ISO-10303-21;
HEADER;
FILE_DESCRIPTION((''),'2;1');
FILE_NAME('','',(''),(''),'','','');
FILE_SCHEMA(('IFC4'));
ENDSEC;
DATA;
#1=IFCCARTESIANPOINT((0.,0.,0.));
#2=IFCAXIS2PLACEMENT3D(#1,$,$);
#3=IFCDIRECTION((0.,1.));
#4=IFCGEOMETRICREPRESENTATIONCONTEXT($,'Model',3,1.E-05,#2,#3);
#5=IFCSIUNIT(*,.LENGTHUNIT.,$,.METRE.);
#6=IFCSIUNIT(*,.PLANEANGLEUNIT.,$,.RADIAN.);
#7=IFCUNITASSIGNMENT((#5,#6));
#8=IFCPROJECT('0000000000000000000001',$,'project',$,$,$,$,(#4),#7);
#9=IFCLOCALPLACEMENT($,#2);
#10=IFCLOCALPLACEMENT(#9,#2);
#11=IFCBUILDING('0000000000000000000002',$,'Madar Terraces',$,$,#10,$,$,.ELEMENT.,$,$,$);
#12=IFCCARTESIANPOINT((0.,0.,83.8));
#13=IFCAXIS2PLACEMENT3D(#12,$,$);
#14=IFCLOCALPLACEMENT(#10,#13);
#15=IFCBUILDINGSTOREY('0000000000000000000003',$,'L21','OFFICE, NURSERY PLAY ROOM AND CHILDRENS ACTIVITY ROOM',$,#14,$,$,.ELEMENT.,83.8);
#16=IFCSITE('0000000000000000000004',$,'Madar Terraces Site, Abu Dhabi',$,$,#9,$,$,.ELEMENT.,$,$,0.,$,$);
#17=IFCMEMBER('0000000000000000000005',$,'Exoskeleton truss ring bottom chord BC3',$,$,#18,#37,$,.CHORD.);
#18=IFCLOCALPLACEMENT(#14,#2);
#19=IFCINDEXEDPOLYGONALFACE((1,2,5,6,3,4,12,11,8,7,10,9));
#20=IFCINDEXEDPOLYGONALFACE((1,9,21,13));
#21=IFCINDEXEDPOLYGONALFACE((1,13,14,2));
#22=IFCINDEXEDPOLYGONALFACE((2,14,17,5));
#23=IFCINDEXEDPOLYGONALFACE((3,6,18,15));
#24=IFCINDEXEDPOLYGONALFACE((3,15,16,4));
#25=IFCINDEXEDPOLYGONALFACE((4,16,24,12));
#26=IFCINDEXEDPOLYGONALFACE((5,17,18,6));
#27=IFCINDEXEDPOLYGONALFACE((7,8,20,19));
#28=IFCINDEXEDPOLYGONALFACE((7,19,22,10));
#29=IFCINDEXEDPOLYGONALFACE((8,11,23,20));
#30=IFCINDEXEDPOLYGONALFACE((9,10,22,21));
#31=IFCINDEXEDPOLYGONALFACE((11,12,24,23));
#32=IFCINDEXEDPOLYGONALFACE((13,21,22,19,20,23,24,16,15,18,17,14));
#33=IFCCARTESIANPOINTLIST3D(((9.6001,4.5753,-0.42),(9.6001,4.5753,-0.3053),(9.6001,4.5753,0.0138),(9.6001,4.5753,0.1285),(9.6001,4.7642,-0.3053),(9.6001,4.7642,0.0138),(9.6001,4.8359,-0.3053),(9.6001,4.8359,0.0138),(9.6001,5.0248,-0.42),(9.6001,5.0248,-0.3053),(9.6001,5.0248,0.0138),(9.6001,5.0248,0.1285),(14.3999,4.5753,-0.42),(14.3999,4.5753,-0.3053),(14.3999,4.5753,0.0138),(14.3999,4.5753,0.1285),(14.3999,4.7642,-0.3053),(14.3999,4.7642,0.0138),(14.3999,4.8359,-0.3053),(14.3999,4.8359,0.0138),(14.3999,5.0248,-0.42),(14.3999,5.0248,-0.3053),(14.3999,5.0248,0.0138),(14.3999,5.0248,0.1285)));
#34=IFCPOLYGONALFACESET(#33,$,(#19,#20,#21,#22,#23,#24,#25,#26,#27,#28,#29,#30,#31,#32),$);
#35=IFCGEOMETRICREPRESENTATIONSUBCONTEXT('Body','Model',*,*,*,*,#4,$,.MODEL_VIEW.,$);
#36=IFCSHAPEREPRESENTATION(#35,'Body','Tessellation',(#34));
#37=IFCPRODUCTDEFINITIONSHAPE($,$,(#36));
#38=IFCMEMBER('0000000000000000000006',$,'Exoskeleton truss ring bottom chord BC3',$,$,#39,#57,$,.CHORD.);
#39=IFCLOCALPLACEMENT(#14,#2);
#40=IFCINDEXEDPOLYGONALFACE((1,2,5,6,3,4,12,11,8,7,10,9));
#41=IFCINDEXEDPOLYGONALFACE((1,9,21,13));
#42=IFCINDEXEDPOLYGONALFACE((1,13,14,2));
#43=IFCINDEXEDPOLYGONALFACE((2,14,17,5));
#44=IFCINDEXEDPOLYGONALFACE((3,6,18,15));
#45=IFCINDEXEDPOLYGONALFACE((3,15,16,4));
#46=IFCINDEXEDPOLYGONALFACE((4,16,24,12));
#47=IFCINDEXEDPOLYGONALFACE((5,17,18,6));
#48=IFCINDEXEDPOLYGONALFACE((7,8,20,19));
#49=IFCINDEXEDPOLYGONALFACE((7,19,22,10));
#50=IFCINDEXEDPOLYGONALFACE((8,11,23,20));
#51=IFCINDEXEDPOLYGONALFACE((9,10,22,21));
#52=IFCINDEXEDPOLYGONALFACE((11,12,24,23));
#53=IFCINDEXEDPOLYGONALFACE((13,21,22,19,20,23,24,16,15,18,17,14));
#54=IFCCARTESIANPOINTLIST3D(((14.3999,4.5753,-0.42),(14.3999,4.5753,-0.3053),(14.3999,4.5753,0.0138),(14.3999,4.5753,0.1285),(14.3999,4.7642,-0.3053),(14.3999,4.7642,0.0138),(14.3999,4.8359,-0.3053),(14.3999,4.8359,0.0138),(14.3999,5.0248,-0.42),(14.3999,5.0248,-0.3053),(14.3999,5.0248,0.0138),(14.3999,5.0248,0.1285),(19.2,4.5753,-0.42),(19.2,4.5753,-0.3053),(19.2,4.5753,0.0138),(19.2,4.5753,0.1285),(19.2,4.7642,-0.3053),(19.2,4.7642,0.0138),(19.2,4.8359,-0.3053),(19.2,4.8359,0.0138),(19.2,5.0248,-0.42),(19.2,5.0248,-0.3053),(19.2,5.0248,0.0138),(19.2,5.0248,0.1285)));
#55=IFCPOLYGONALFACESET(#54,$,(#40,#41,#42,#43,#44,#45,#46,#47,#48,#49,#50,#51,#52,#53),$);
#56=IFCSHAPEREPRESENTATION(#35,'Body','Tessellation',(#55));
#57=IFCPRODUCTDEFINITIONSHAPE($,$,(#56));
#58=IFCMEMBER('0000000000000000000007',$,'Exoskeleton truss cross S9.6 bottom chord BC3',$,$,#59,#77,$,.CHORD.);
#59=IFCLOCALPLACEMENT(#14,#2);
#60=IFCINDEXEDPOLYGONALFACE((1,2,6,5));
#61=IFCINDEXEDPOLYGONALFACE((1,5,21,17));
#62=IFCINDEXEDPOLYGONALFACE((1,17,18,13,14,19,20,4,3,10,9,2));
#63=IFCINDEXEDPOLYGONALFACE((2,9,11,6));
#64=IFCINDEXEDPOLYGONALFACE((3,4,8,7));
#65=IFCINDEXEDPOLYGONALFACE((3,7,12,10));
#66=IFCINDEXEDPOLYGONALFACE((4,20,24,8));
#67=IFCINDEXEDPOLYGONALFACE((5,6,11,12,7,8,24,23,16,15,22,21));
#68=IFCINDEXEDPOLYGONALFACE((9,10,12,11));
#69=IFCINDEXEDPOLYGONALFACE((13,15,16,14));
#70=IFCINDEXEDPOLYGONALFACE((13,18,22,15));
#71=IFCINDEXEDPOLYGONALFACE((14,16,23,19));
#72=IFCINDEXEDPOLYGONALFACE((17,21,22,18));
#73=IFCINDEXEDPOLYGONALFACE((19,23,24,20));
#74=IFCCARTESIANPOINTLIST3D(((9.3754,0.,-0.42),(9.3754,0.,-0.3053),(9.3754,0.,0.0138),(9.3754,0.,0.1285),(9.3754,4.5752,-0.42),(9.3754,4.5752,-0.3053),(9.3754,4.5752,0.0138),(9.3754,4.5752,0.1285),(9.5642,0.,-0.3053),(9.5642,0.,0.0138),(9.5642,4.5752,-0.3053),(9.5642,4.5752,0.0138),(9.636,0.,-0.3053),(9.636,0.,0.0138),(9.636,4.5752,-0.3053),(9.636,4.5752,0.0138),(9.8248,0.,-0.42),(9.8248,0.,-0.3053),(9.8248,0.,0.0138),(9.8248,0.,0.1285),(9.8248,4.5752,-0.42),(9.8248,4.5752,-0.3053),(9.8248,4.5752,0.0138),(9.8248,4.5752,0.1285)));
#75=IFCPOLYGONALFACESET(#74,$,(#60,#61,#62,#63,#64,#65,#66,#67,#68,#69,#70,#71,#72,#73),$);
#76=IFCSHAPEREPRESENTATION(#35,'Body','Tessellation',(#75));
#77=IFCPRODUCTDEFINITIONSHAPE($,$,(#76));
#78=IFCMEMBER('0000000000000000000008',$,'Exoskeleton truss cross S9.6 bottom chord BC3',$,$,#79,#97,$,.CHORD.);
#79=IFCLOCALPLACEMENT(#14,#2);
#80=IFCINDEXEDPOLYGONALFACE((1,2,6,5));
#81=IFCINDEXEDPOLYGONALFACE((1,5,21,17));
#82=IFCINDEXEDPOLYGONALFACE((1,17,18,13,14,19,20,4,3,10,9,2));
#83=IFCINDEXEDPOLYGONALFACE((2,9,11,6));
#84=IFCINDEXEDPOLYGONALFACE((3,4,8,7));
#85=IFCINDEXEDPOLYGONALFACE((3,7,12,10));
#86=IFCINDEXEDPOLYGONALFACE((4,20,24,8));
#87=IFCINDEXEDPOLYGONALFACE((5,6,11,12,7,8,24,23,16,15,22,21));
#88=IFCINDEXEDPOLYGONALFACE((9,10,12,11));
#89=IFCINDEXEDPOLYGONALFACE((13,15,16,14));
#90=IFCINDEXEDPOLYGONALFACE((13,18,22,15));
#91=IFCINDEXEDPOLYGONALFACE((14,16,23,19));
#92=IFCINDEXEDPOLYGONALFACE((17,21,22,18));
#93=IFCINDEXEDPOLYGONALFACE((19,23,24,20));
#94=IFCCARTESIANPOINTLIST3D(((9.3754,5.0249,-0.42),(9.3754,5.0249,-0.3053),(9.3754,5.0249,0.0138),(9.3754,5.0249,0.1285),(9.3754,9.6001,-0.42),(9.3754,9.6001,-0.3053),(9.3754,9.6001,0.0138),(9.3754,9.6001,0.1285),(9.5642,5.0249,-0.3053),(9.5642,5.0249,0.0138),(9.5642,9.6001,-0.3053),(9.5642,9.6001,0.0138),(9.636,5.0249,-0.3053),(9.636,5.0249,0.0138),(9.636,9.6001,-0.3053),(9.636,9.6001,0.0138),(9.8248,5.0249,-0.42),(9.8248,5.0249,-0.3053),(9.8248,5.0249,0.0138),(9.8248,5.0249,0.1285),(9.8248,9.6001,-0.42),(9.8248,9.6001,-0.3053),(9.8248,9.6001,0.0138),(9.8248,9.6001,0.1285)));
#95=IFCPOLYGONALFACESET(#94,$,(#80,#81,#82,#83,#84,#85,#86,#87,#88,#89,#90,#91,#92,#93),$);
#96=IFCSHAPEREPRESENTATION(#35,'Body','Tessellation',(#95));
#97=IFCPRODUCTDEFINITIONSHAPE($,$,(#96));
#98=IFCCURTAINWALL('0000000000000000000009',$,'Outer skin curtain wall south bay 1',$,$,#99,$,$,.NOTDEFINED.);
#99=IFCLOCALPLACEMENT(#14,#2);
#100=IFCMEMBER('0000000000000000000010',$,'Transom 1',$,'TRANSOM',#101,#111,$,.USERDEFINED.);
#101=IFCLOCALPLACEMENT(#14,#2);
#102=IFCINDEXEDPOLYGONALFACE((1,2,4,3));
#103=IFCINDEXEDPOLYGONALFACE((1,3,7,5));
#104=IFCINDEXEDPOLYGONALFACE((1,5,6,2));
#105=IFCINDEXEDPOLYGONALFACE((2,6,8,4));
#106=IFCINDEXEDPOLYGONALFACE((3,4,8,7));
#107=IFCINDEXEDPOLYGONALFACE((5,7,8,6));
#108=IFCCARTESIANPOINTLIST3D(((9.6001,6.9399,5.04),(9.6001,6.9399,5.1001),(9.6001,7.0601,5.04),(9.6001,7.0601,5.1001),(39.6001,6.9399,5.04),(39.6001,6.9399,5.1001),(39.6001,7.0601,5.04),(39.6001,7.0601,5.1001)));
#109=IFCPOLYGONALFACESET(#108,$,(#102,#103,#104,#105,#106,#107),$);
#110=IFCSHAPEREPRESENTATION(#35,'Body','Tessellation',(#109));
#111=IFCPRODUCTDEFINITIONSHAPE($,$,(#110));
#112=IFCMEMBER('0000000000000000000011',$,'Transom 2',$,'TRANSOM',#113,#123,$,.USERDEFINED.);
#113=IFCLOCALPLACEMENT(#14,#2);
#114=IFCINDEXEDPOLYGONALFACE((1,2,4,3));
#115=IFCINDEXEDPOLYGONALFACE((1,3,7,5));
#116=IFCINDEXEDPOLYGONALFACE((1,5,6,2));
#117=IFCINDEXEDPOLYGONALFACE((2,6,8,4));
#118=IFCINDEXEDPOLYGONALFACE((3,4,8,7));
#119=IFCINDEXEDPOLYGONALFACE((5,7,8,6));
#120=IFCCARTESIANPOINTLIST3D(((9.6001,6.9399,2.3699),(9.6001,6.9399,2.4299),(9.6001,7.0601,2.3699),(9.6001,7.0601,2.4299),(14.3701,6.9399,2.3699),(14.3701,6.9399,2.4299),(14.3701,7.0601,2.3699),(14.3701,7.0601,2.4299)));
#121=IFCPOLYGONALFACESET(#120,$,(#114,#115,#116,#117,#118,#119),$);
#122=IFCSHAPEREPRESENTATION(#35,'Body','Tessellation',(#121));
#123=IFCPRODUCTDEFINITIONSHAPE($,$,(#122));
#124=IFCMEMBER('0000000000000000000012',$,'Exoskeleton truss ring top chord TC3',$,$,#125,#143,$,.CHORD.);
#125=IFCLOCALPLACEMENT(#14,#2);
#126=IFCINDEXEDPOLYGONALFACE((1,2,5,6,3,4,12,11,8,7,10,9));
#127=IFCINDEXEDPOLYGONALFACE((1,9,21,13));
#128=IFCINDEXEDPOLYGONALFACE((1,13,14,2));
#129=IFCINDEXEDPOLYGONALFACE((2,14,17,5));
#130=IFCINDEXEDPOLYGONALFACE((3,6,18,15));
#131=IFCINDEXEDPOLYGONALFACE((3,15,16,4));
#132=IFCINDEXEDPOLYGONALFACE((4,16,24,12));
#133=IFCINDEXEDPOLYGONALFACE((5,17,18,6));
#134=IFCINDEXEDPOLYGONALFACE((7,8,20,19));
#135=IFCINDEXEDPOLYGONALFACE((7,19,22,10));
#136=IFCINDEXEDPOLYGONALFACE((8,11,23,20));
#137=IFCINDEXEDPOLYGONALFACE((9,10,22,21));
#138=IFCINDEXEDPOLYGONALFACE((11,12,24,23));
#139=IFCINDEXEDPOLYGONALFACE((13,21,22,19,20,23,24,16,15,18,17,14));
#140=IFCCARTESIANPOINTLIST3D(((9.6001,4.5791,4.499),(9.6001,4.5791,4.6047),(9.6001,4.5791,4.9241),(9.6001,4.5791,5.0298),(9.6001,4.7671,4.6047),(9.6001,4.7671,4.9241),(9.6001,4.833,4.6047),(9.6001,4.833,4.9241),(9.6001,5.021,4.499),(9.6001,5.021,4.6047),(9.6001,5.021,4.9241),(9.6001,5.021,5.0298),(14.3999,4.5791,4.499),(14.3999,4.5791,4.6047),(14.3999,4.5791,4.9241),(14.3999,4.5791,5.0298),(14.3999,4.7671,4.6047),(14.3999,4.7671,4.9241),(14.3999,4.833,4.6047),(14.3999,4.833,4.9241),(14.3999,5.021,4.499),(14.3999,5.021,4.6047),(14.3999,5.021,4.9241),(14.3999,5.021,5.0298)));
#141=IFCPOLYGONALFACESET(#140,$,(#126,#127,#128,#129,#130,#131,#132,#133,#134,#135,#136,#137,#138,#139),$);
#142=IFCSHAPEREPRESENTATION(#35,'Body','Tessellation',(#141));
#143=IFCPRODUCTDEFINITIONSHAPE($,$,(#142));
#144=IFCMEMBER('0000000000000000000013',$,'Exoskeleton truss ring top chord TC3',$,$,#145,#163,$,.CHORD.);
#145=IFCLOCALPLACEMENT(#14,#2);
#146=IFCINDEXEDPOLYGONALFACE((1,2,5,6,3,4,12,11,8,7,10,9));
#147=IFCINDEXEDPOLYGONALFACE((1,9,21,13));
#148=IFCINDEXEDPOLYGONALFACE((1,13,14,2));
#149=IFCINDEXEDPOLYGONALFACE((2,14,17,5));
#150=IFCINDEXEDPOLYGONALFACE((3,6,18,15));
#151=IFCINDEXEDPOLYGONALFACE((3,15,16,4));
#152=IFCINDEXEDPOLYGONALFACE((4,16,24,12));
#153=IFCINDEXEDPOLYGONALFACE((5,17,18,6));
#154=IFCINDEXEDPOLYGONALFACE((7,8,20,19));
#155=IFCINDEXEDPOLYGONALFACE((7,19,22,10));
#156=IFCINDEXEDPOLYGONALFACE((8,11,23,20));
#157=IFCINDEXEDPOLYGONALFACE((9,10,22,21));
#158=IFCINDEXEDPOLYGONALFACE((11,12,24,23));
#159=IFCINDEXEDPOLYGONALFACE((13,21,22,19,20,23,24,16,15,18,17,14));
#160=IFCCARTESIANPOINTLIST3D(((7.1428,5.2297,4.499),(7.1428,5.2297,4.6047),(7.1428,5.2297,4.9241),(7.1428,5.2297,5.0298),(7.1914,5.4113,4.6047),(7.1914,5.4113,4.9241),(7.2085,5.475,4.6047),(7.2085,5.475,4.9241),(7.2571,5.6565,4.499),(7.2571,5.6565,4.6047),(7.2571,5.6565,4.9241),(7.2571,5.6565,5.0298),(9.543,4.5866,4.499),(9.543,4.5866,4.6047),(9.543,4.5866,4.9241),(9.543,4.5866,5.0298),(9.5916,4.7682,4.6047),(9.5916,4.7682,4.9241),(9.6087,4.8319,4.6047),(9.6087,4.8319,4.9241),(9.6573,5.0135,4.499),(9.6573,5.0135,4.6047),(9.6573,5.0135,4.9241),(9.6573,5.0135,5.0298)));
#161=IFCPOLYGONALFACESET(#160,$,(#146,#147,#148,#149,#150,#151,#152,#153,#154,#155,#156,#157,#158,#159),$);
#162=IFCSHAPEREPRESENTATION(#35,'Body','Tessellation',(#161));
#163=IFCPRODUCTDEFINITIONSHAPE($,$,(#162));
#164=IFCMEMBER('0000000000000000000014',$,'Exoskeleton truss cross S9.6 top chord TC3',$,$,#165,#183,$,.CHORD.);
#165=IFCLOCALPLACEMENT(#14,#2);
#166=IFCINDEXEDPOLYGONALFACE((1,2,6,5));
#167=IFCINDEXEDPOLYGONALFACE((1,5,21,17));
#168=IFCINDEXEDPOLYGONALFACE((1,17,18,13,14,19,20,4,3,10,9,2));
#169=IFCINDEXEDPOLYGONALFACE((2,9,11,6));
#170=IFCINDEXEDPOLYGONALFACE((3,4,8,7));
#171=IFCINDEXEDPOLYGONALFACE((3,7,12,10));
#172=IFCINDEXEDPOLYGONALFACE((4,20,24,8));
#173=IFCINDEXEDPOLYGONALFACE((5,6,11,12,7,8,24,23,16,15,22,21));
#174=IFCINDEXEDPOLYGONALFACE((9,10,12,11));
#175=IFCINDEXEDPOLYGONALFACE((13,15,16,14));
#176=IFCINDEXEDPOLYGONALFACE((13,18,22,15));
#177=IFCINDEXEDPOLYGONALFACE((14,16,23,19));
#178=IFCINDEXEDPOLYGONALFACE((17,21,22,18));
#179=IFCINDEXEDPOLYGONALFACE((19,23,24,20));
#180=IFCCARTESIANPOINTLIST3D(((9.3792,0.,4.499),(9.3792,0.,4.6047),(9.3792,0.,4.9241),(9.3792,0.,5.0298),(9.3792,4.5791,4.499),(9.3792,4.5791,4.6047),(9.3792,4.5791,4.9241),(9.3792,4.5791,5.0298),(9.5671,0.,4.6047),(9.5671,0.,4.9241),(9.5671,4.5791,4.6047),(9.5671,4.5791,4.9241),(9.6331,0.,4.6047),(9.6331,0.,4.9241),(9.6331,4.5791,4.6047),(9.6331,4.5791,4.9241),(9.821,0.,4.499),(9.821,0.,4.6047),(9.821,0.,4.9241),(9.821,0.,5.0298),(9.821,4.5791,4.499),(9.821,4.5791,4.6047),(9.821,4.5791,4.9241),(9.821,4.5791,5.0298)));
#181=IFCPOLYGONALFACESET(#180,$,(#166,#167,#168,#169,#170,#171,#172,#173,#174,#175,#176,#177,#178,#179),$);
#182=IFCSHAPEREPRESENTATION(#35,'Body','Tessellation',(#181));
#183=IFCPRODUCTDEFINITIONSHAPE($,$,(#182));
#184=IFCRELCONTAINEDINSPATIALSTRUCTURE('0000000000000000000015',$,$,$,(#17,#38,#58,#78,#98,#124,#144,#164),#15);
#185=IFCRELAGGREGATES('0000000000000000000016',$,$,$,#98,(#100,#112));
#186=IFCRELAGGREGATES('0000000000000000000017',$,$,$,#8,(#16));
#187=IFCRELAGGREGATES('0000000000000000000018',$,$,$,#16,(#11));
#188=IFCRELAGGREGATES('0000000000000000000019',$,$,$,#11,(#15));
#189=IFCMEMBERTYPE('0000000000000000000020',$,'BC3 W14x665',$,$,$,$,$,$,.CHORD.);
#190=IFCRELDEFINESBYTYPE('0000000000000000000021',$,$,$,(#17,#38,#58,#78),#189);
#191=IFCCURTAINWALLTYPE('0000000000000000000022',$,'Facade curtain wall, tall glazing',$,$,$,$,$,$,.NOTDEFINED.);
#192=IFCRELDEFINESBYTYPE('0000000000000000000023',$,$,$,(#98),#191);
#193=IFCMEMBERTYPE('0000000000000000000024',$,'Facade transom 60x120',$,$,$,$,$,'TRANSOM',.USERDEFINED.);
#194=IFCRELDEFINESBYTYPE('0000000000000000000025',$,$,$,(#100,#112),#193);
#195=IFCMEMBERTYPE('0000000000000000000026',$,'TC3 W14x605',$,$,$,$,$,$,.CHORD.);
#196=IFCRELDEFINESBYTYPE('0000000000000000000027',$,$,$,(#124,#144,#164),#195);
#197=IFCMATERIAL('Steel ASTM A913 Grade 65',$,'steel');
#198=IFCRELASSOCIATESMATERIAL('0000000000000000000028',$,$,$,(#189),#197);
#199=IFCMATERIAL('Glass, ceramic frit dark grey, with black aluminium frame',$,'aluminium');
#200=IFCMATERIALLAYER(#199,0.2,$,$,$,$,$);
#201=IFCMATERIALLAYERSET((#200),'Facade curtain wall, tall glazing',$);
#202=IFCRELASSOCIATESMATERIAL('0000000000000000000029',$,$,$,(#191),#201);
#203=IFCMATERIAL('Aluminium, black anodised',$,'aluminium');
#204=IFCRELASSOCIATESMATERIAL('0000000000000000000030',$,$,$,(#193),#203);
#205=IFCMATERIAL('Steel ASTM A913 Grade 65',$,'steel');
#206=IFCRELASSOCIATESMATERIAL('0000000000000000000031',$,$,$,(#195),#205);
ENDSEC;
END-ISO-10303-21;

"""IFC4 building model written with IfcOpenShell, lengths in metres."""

from ifc_helpers import new_model, si_unit, direction, frame, origin, origin_2d, place, context, subcontext, project, spatial, rectangle, i_section, extrude, material, layer, layer_set, material_profile, profile_set, type_object, element, aggregate, save


model = new_model("IFC4")

# Units and contexts
model_context = context("Model", 3, precision=1e-05, world=origin(), true_north=direction((0.0, 1.0)))
body_context = subcontext(model_context, "Body", "Model", "MODEL_VIEW")
ifc_project = project(units=[si_unit("LENGTHUNIT", "METRE"), si_unit("PLANEANGLEUNIT", "RADIAN")], contexts=[model_context])

# Site, building, storey
site_placement = place(None, origin())
site = spatial("IfcSite", under=ifc_project, at=site_placement, Name="Madar Terraces Site, Abu Dhabi", CompositionType="ELEMENT", RefElevation=0.0)
building_placement = place(site_placement, origin())
building = spatial("IfcBuilding", under=site, at=building_placement, Name="Madar Terraces", CompositionType="ELEMENT")
storey_placement = place(building_placement, frame((0.0, 0.0, 83.8)))
storey = spatial("IfcBuildingStorey", under=building, at=storey_placement, Name="L21", Description="OFFICE, NURSERY PLAY ROOM AND CHILDRENS ACTIVITY ROOM", CompositionType="ELEMENT", Elevation=83.8)

# Members
ifc_material_1 = material(Name="Steel ASTM A913 Grade 65", Category="steel")
ifc_material_profile_1 = material_profile(ifc_material_1, i_section(OverallWidth=0.4495, OverallDepth=0.5486, WebThickness=0.0718, FlangeThickness=0.1147, at=origin_2d()), Name="W14x665")
ifc_profile_set_1 = profile_set([ifc_material_profile_1], Name="Steel ASTM A913 Grade 65")
member_type_1 = type_object("IfcMemberType", Name="BC3 W14x665", PredefinedType="CHORD", material=ifc_profile_set_1)
member_1_placement = place(storey_placement, frame((9.6001, 4.8, -0.1458), z_axis=(1.0, 0.0, 0.0), x_axis=(0.0, 1.0, 0.0)))
element("IfcMember", 1, at=member_1_placement, inside=storey, type_object=member_type_1, Name="Exoskeleton truss ring bottom chord BC3", PredefinedType="CHORD", context=body_context, shape_type="SweptSolid", body=[
    extrude(i_section(OverallWidth=0.4495, OverallDepth=0.5486, WebThickness=0.0718, FlangeThickness=0.1147, at=origin_2d()), origin(), (0.0, 0.0, 1.0), 4.7998),
])
member_2_placement = place(storey_placement, frame((14.3999, 4.8, -0.1458), z_axis=(1.0, 0.0, 0.0), x_axis=(0.0, 1.0, 0.0)))
element("IfcMember", 2, at=member_2_placement, inside=storey, type_object=member_type_1, Name="Exoskeleton truss ring bottom chord BC3", PredefinedType="CHORD", context=body_context, shape_type="SweptSolid", body=[
    extrude(i_section(OverallWidth=0.4495, OverallDepth=0.5486, WebThickness=0.0718, FlangeThickness=0.1147, at=origin_2d()), origin(), (0.0, 0.0, 1.0), 4.8),
])
for number, where, z_axis, x_axis, name in (
    (3, (9.6001, 0.0, -0.1458), (0.0, 1.0, 0.0), (-1.0, 0.0, 0.0), "Exoskeleton truss cross S9.6 bottom chord BC3"),
    (4, (9.6001, 5.0249, -0.1458), (0.0, 1.0, 0.0), (-1.0, 0.0, 0.0), "Exoskeleton truss cross S9.6 bottom chord BC3"),
):
    element("IfcMember", number, at=place(storey_placement, frame(where, z_axis=z_axis, x_axis=x_axis)), inside=storey, type_object=member_type_1, Name=name, PredefinedType="CHORD", context=body_context, shape_type="SweptSolid", body=[
        extrude(i_section(OverallWidth=0.4495, OverallDepth=0.5486, WebThickness=0.0718, FlangeThickness=0.1147, at=origin_2d()), origin(), (0.0, 0.0, 1.0), 4.5752),
    ])

# Curtain wall, members
ifc_material_2 = material(Name="Glass, ceramic frit dark grey, with black aluminium frame", Category="aluminium")
ifc_layer_1 = layer(ifc_material_2, 0.2)
ifc_layer_set_1 = layer_set([ifc_layer_1], Name="Facade curtain wall, tall glazing")
curtain_wall_type = type_object("IfcCurtainWallType", Name="Facade curtain wall, tall glazing", PredefinedType="NOTDEFINED", material=ifc_layer_set_1)
curtain_wall_placement = place(storey_placement, origin())
curtain_wall = element("IfcCurtainWall", 5, at=curtain_wall_placement, inside=storey, type_object=curtain_wall_type, Name="Outer skin curtain wall south bay 1", PredefinedType="NOTDEFINED")
ifc_material_3 = material(Name="Aluminium, black anodised", Category="aluminium")
ifc_material_profile_2 = material_profile(ifc_material_3, rectangle(XDim=0.1201, YDim=0.0601, at=origin_2d()), Name="Facade transom 60x120")
ifc_profile_set_2 = profile_set([ifc_material_profile_2], Name="Aluminium, black anodised")
member_type_2 = type_object("IfcMemberType", Name="Facade transom 60x120", ElementType="TRANSOM", PredefinedType="USERDEFINED", material=ifc_profile_set_2)
member_3_placement = place(storey_placement, frame((9.6001, 7.0, 5.0701), z_axis=(1.0, 0.0, 0.0), x_axis=(0.0, 1.0, 0.0)))
member_3 = element("IfcMember", 6, at=member_3_placement, type_object=member_type_2, Name="Transom 1", ObjectType="TRANSOM", PredefinedType="USERDEFINED", context=body_context, shape_type="SweptSolid", body=[
    extrude(rectangle(XDim=0.1201, YDim=0.0601, at=origin_2d()), origin(), (0.0, 0.0, 1.0), 30.0),
])
member_4_placement = place(storey_placement, frame((9.6001, 7.0, 2.3999), z_axis=(1.0, 0.0, 0.0), x_axis=(0.0, 1.0, 0.0)))
member_4 = element("IfcMember", 7, at=member_4_placement, type_object=member_type_2, Name="Transom 2", ObjectType="TRANSOM", PredefinedType="USERDEFINED", context=body_context, shape_type="SweptSolid", body=[
    extrude(rectangle(XDim=0.1201, YDim=0.0601, at=origin_2d()), origin(), (0.0, 0.0, 1.0), 4.77),
])

# Members
ifc_material_4 = material(Name="Steel ASTM A913 Grade 65", Category="steel")
ifc_material_profile_3 = material_profile(ifc_material_4, i_section(OverallWidth=0.4419, OverallDepth=0.5308, WebThickness=0.0659, FlangeThickness=0.1057, at=origin_2d()), Name="W14x605")
ifc_profile_set_3 = profile_set([ifc_material_profile_3], Name="Steel ASTM A913 Grade 65")
member_type_3 = type_object("IfcMemberType", Name="TC3 W14x605", PredefinedType="CHORD", material=ifc_profile_set_3)
member_5_placement = place(storey_placement, frame((9.6001, 4.8, 4.7644), z_axis=(1.0, 0.0, 0.0), x_axis=(0.0, 1.0, 0.0)))
element("IfcMember", 8, at=member_5_placement, inside=storey, type_object=member_type_3, Name="Exoskeleton truss ring top chord TC3", PredefinedType="CHORD", context=body_context, shape_type="SweptSolid", body=[
    extrude(i_section(OverallWidth=0.4419, OverallDepth=0.5308, WebThickness=0.0659, FlangeThickness=0.1057, at=origin_2d()), origin(), (0.0, 0.0, 1.0), 4.7998),
])
member_6_placement = place(storey_placement, frame((7.2, 5.4431, 4.7644), z_axis=(0.965931, -0.2588, 0.0), x_axis=(0.2588, 0.965931, 0.0)))
element("IfcMember", 9, at=member_6_placement, inside=storey, type_object=member_type_3, Name="Exoskeleton truss ring top chord TC3", PredefinedType="CHORD", context=body_context, shape_type="SweptSolid", body=[
    extrude(i_section(OverallWidth=0.4419, OverallDepth=0.5308, WebThickness=0.0659, FlangeThickness=0.1057, at=origin_2d()), origin(), (0.0, 0.0, 1.0), 2.4849),
])
for number, where, z_axis, x_axis, name in (
    (10, (9.6001, 0.0, 4.7644), (0.0, 1.0, 0.0), (-1.0, 0.0, 0.0), "Exoskeleton truss cross S9.6 top chord TC3"),
):
    element("IfcMember", number, at=place(storey_placement, frame(where, z_axis=z_axis, x_axis=x_axis)), inside=storey, type_object=member_type_3, Name=name, PredefinedType="CHORD", context=body_context, shape_type="SweptSolid", body=[
        extrude(i_section(OverallWidth=0.4419, OverallDepth=0.5308, WebThickness=0.0659, FlangeThickness=0.1057, at=origin_2d()), origin(), (0.0, 0.0, 1.0), 4.5791),
    ])

aggregate(curtain_wall, [member_3, member_4])

save(model, "model.ifc")
